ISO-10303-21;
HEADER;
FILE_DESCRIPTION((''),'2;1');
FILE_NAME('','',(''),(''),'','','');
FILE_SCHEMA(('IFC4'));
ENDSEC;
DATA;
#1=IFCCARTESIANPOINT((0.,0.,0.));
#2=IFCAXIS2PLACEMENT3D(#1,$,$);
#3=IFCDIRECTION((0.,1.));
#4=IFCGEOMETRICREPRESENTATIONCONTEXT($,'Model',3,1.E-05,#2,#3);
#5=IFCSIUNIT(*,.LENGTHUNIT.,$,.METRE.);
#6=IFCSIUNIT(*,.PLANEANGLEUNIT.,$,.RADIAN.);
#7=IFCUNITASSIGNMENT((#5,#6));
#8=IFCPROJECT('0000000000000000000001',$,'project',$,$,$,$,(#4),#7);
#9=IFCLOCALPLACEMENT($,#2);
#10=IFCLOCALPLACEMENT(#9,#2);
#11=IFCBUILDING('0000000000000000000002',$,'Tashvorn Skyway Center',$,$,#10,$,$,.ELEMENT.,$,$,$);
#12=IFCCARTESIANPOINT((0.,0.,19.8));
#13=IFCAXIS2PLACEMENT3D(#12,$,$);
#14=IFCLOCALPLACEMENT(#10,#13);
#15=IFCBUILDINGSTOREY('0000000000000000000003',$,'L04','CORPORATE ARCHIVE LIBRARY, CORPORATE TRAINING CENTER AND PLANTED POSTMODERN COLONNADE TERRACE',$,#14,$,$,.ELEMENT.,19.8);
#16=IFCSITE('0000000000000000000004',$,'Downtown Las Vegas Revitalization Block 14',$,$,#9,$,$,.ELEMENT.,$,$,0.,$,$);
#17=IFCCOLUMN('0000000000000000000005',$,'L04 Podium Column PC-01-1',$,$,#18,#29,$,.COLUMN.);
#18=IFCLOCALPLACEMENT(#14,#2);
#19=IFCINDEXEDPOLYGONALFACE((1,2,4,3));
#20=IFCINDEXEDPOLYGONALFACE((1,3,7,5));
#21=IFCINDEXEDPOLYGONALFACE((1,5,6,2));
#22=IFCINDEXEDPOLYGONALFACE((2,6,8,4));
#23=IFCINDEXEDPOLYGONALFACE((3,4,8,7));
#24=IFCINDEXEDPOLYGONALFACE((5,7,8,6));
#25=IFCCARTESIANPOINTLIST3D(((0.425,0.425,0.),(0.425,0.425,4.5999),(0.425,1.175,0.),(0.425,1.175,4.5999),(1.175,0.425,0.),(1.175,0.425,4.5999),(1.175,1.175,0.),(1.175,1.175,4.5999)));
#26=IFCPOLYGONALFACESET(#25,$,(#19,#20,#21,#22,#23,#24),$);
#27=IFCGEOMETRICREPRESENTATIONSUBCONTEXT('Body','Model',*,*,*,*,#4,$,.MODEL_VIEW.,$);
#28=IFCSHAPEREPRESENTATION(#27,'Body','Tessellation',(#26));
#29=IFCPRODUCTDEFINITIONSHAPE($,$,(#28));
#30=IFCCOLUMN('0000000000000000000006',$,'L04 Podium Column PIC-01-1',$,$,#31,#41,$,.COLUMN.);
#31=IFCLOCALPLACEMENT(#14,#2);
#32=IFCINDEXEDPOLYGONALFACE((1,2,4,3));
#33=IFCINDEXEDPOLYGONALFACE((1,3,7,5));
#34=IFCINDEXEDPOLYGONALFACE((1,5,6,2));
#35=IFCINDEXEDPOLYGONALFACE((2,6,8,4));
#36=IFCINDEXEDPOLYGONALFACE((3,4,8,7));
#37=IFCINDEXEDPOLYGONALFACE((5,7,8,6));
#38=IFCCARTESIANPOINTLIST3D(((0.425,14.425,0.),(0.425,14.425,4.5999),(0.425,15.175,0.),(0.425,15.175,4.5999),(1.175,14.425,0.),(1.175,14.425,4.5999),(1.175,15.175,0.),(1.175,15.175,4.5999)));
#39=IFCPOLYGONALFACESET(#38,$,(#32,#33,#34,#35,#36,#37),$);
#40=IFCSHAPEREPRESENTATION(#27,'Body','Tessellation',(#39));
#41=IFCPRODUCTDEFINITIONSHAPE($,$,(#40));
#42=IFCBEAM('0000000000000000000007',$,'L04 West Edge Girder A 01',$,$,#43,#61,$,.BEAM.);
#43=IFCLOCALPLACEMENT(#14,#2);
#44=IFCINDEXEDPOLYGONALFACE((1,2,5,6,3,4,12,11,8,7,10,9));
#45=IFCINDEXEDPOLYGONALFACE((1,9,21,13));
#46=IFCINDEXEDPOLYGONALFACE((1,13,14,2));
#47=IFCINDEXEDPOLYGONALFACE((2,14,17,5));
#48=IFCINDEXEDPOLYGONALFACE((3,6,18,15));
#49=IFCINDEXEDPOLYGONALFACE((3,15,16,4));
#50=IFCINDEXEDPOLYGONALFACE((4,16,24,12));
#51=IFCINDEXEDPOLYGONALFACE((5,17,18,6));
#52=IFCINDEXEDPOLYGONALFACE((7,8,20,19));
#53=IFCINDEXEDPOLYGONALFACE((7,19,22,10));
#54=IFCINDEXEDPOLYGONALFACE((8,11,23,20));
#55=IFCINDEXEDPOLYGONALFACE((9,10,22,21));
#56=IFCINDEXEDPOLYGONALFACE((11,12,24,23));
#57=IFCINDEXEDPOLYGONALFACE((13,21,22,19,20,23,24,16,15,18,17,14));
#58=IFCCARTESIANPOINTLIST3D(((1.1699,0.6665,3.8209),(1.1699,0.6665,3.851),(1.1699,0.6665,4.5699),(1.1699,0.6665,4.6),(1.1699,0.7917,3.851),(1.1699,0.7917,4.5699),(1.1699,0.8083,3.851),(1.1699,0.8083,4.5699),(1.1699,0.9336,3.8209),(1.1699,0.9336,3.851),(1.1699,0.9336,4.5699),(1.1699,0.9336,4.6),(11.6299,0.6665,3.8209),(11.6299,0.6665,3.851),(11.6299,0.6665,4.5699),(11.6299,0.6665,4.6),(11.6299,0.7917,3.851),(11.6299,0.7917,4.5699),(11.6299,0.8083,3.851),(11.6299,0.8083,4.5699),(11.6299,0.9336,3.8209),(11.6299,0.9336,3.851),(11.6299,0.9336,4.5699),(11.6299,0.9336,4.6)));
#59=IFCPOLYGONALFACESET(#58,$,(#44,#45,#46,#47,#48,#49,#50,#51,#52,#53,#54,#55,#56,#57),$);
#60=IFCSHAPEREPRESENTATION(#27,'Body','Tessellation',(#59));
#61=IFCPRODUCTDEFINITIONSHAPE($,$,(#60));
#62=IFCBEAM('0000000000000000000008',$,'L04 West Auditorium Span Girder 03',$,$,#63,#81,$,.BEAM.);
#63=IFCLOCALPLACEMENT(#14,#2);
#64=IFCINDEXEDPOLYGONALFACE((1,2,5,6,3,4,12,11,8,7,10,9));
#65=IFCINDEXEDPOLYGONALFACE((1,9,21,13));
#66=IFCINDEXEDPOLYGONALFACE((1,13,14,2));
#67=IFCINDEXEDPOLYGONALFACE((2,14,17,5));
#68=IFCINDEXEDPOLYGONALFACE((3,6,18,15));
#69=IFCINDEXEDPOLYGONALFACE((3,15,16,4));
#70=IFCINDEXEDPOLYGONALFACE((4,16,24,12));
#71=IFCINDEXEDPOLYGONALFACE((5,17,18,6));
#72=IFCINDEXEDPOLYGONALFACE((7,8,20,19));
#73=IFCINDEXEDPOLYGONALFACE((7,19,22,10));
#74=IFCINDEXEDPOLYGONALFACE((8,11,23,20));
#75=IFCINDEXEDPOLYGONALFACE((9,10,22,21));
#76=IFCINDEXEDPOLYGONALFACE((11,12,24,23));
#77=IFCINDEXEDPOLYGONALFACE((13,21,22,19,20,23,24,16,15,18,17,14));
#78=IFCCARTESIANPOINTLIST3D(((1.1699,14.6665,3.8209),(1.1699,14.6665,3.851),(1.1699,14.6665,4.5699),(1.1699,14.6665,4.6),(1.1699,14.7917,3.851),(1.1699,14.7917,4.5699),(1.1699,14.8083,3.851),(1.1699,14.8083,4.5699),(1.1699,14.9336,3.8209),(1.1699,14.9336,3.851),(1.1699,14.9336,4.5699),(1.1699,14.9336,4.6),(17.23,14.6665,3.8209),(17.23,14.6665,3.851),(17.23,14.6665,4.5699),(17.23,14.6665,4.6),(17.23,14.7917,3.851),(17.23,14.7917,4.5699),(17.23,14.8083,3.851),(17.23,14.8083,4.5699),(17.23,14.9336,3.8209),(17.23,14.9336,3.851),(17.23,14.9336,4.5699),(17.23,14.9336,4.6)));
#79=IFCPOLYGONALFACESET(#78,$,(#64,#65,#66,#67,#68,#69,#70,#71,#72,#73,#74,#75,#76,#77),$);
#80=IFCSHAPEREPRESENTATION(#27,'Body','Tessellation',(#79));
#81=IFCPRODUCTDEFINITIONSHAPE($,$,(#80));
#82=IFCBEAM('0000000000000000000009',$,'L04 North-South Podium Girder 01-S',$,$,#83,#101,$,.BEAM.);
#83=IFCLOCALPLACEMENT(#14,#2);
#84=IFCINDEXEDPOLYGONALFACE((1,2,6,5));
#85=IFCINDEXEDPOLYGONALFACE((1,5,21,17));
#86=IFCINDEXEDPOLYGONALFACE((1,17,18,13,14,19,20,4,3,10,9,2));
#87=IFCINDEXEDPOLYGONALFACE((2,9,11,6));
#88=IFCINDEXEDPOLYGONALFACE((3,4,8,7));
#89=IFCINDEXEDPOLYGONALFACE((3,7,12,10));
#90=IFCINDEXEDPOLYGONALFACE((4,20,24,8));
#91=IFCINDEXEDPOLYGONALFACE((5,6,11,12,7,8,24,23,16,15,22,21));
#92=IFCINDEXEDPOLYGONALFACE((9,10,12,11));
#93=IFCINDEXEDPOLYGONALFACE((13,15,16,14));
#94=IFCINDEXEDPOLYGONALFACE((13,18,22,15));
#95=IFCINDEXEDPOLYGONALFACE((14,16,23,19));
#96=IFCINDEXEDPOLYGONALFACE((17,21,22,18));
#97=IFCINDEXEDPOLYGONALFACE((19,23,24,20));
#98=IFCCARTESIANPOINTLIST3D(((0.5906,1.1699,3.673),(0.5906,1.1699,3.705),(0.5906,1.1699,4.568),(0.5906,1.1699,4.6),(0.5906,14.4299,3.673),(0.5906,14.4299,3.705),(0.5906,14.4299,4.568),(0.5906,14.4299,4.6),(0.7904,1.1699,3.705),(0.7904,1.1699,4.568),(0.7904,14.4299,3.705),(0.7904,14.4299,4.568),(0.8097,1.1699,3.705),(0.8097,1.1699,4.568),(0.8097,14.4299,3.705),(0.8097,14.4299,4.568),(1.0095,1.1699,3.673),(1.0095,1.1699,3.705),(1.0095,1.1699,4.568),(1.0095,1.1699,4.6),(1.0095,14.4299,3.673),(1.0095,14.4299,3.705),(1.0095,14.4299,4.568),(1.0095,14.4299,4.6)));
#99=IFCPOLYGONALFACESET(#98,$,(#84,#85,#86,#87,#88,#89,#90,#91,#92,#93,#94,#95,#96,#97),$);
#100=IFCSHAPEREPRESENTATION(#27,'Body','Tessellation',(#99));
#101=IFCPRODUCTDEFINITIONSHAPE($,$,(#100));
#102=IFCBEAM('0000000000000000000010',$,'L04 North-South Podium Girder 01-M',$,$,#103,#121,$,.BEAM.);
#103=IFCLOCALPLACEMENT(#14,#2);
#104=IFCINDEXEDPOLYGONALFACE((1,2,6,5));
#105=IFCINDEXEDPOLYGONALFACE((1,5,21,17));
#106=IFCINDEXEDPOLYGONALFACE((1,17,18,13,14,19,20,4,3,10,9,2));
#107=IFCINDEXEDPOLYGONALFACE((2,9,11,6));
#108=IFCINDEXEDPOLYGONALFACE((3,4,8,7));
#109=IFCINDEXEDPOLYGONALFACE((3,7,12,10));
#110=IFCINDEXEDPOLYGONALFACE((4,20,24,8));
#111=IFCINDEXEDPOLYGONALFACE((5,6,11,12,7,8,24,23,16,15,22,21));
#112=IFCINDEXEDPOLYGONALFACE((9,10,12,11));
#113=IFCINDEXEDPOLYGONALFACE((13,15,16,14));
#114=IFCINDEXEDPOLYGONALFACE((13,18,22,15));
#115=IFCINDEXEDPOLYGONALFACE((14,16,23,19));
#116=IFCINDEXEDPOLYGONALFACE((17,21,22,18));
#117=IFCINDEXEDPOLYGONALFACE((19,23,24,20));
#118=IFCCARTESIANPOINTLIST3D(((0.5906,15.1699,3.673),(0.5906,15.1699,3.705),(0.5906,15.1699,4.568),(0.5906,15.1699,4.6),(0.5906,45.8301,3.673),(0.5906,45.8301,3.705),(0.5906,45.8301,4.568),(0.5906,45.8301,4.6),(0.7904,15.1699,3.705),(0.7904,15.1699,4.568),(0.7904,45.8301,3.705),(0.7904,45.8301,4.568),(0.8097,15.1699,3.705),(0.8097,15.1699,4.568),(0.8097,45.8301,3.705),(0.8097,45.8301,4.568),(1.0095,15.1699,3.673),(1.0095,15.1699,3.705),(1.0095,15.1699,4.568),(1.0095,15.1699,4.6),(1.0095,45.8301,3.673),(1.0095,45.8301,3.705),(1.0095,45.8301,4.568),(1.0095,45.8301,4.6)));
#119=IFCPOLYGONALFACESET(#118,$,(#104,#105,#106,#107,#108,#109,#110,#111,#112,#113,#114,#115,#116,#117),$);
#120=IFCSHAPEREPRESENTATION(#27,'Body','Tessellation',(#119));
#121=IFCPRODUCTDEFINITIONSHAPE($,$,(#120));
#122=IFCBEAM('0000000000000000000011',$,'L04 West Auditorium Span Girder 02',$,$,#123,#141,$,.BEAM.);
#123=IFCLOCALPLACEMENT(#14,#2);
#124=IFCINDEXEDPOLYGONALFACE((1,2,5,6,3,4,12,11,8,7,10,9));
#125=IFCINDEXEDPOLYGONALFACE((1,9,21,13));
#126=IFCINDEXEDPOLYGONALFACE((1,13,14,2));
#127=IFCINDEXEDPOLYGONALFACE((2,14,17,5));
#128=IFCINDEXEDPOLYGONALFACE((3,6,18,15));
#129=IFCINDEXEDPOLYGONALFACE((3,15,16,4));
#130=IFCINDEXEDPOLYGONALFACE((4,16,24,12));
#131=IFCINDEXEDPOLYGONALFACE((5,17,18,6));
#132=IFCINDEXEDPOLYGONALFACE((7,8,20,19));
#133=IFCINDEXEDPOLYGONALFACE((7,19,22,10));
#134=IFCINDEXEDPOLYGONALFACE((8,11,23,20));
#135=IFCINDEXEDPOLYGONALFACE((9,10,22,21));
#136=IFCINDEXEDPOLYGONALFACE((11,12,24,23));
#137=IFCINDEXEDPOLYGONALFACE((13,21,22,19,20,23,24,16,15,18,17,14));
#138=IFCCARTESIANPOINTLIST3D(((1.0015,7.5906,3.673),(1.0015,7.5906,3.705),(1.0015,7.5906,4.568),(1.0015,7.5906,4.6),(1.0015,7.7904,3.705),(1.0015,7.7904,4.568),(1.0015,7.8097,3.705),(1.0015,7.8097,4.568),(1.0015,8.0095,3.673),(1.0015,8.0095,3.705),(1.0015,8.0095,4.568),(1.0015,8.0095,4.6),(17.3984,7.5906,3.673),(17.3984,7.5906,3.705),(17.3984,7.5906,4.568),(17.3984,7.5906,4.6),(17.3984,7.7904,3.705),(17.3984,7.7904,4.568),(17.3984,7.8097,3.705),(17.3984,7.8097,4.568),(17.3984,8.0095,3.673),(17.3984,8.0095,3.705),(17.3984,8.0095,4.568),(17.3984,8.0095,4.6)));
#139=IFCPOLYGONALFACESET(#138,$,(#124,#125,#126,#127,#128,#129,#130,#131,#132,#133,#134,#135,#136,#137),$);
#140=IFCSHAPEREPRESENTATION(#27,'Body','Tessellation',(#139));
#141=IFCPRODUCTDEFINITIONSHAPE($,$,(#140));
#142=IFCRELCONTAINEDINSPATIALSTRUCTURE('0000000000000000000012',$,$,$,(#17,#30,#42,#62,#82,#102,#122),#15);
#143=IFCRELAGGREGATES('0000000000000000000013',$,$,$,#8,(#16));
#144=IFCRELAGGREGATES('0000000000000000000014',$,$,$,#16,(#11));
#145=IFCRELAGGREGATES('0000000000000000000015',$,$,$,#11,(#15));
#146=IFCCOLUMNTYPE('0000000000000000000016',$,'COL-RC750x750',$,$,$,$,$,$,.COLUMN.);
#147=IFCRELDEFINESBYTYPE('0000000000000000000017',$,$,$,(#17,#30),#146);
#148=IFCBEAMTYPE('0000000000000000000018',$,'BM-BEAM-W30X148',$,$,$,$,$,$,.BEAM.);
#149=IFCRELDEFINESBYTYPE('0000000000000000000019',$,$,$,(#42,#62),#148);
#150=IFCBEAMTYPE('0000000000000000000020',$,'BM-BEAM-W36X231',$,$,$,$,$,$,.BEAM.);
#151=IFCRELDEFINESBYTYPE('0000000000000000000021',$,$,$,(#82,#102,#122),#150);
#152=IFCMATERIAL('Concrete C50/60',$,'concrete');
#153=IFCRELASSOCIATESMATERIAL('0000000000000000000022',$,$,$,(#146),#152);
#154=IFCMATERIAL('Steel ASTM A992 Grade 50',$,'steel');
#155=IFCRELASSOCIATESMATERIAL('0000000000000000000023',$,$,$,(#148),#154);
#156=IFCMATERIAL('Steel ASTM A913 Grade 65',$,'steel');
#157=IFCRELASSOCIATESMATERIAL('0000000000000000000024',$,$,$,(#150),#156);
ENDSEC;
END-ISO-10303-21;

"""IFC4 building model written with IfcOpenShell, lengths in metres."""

from ifc_helpers import new_model, si_unit, direction, frame, origin, origin_2d, place, context, subcontext, project, spatial, rectangle, i_section, extrude, material, material_profile, profile_set, type_object, element, save


model = new_model("IFC4")

# Units and contexts
model_context = context("Model", 3, precision=1e-05, world=origin(), true_north=direction((0.0, 1.0)))
body_context = subcontext(model_context, "Body", "Model", "MODEL_VIEW")
ifc_project = project(units=[si_unit("LENGTHUNIT", "METRE"), si_unit("PLANEANGLEUNIT", "RADIAN")], contexts=[model_context])

# Site, building, storey
site_placement = place(None, origin())
site = spatial("IfcSite", under=ifc_project, at=site_placement, Name="Downtown Las Vegas Revitalization Block 14", CompositionType="ELEMENT", RefElevation=0.0)
building_placement = place(site_placement, origin())
building = spatial("IfcBuilding", under=site, at=building_placement, Name="Tashvorn Skyway Center", CompositionType="ELEMENT")
storey_placement = place(building_placement, frame((0.0, 0.0, 19.8)))
storey = spatial("IfcBuildingStorey", under=building, at=storey_placement, Name="L04", Description="CORPORATE ARCHIVE LIBRARY, CORPORATE TRAINING CENTER AND PLANTED POSTMODERN COLONNADE TERRACE", CompositionType="ELEMENT", Elevation=19.8)

# Columns
ifc_material_1 = material(Name="Concrete C50/60", Category="concrete")
ifc_material_profile_1 = material_profile(ifc_material_1, rectangle(XDim=0.75, YDim=0.75, at=origin_2d()), Name="RC750x750")
ifc_profile_set_1 = profile_set([ifc_material_profile_1], Name="Concrete C50/60")
column_type = type_object("IfcColumnType", Name="COL-RC750x750", PredefinedType="COLUMN", material=ifc_profile_set_1)
for number, where, z_axis, x_axis, name in (
    (1, (0.8, 0.8, 0.0), (0.0, 0.0, 1.0), (1.0, 0.0, 0.0), "L04 Podium Column PC-01-1"),
    (2, (0.8, 14.8, 0.0), (0.0, 0.0, 1.0), (1.0, 0.0, 0.0), "L04 Podium Column PIC-01-1"),
):
    element("IfcColumn", number, at=place(storey_placement, frame(where, z_axis=z_axis, x_axis=x_axis)), inside=storey, type_object=column_type, Name=name, PredefinedType="COLUMN", context=body_context, shape_type="SweptSolid", body=[
        extrude(rectangle(XDim=0.75, YDim=0.75, at=origin_2d()), origin(), (0.0, 0.0, 1.0), 4.5999),
    ])

# Beams
ifc_material_2 = material(Name="Steel ASTM A992 Grade 50", Category="steel")
ifc_material_profile_2 = material_profile(ifc_material_2, i_section(OverallWidth=0.2671, OverallDepth=0.7791, WebThickness=0.0166, FlangeThickness=0.03, at=origin_2d()), Name="W30X148")
ifc_profile_set_2 = profile_set([ifc_material_profile_2], Name="Steel ASTM A992 Grade 50")
beam_type_1 = type_object("IfcBeamType", Name="BM-BEAM-W30X148", PredefinedType="BEAM", material=ifc_profile_set_2)
beam_1_placement = place(storey_placement, frame((1.1699, 0.8, 4.2104), z_axis=(1.0, 0.0, 0.0), x_axis=(0.0, 1.0, 0.0)))
element("IfcBeam", 3, at=beam_1_placement, inside=storey, type_object=beam_type_1, Name="L04 West Edge Girder A 01", PredefinedType="BEAM", context=body_context, shape_type="SweptSolid", body=[
    extrude(i_section(OverallWidth=0.2671, OverallDepth=0.7791, WebThickness=0.0166, FlangeThickness=0.03, at=origin_2d()), origin(), (0.0, 0.0, 1.0), 10.46),
])
beam_2_placement = place(storey_placement, frame((1.1699, 14.8, 4.2104), z_axis=(1.0, 0.0, 0.0), x_axis=(0.0, 1.0, 0.0)))
element("IfcBeam", 4, at=beam_2_placement, inside=storey, type_object=beam_type_1, Name="L04 West Auditorium Span Girder 03", PredefinedType="BEAM", context=body_context, shape_type="SweptSolid", body=[
    extrude(i_section(OverallWidth=0.2671, OverallDepth=0.7791, WebThickness=0.0166, FlangeThickness=0.03, at=origin_2d()), origin(), (0.0, 0.0, 1.0), 16.0601),
])
ifc_material_3 = material(Name="Steel ASTM A913 Grade 65", Category="steel")
ifc_material_profile_3 = material_profile(ifc_material_3, i_section(OverallWidth=0.4189, OverallDepth=0.927, WebThickness=0.0193, FlangeThickness=0.032, at=origin_2d()), Name="W36X231")
ifc_profile_set_3 = profile_set([ifc_material_profile_3], Name="Steel ASTM A913 Grade 65")
beam_type_2 = type_object("IfcBeamType", Name="BM-BEAM-W36X231", PredefinedType="BEAM", material=ifc_profile_set_3)
beam_3_placement = place(storey_placement, frame((0.8, 1.1699, 4.1365), z_axis=(0.0, 1.0, 0.0), x_axis=(-1.0, 0.0, 0.0)))
element("IfcBeam", 5, at=beam_3_placement, inside=storey, type_object=beam_type_2, Name="L04 North-South Podium Girder 01-S", PredefinedType="BEAM", context=body_context, shape_type="SweptSolid", body=[
    extrude(i_section(OverallWidth=0.4189, OverallDepth=0.927, WebThickness=0.0193, FlangeThickness=0.032, at=origin_2d()), origin(), (0.0, 0.0, 1.0), 13.26),
])
beam_4_placement = place(storey_placement, frame((0.8, 15.1699, 4.1365), z_axis=(0.0, 1.0, 0.0), x_axis=(-1.0, 0.0, 0.0)))
element("IfcBeam", 6, at=beam_4_placement, inside=storey, type_object=beam_type_2, Name="L04 North-South Podium Girder 01-M", PredefinedType="BEAM", context=body_context, shape_type="SweptSolid", body=[
    extrude(i_section(OverallWidth=0.4189, OverallDepth=0.927, WebThickness=0.0193, FlangeThickness=0.032, at=origin_2d()), origin(), (0.0, 0.0, 1.0), 30.6602),
])
beam_5_placement = place(storey_placement, frame((1.0015, 7.8, 4.1365), z_axis=(1.0, 0.0, 0.0), x_axis=(0.0, 1.0, 0.0)))
element("IfcBeam", 7, at=beam_5_placement, inside=storey, type_object=beam_type_2, Name="L04 West Auditorium Span Girder 02", PredefinedType="BEAM", context=body_context, shape_type="SweptSolid", body=[
    extrude(i_section(OverallWidth=0.4189, OverallDepth=0.927, WebThickness=0.0193, FlangeThickness=0.032, at=origin_2d()), origin(), (0.0, 0.0, 1.0), 16.397),
])

save(model, "model.ifc")
